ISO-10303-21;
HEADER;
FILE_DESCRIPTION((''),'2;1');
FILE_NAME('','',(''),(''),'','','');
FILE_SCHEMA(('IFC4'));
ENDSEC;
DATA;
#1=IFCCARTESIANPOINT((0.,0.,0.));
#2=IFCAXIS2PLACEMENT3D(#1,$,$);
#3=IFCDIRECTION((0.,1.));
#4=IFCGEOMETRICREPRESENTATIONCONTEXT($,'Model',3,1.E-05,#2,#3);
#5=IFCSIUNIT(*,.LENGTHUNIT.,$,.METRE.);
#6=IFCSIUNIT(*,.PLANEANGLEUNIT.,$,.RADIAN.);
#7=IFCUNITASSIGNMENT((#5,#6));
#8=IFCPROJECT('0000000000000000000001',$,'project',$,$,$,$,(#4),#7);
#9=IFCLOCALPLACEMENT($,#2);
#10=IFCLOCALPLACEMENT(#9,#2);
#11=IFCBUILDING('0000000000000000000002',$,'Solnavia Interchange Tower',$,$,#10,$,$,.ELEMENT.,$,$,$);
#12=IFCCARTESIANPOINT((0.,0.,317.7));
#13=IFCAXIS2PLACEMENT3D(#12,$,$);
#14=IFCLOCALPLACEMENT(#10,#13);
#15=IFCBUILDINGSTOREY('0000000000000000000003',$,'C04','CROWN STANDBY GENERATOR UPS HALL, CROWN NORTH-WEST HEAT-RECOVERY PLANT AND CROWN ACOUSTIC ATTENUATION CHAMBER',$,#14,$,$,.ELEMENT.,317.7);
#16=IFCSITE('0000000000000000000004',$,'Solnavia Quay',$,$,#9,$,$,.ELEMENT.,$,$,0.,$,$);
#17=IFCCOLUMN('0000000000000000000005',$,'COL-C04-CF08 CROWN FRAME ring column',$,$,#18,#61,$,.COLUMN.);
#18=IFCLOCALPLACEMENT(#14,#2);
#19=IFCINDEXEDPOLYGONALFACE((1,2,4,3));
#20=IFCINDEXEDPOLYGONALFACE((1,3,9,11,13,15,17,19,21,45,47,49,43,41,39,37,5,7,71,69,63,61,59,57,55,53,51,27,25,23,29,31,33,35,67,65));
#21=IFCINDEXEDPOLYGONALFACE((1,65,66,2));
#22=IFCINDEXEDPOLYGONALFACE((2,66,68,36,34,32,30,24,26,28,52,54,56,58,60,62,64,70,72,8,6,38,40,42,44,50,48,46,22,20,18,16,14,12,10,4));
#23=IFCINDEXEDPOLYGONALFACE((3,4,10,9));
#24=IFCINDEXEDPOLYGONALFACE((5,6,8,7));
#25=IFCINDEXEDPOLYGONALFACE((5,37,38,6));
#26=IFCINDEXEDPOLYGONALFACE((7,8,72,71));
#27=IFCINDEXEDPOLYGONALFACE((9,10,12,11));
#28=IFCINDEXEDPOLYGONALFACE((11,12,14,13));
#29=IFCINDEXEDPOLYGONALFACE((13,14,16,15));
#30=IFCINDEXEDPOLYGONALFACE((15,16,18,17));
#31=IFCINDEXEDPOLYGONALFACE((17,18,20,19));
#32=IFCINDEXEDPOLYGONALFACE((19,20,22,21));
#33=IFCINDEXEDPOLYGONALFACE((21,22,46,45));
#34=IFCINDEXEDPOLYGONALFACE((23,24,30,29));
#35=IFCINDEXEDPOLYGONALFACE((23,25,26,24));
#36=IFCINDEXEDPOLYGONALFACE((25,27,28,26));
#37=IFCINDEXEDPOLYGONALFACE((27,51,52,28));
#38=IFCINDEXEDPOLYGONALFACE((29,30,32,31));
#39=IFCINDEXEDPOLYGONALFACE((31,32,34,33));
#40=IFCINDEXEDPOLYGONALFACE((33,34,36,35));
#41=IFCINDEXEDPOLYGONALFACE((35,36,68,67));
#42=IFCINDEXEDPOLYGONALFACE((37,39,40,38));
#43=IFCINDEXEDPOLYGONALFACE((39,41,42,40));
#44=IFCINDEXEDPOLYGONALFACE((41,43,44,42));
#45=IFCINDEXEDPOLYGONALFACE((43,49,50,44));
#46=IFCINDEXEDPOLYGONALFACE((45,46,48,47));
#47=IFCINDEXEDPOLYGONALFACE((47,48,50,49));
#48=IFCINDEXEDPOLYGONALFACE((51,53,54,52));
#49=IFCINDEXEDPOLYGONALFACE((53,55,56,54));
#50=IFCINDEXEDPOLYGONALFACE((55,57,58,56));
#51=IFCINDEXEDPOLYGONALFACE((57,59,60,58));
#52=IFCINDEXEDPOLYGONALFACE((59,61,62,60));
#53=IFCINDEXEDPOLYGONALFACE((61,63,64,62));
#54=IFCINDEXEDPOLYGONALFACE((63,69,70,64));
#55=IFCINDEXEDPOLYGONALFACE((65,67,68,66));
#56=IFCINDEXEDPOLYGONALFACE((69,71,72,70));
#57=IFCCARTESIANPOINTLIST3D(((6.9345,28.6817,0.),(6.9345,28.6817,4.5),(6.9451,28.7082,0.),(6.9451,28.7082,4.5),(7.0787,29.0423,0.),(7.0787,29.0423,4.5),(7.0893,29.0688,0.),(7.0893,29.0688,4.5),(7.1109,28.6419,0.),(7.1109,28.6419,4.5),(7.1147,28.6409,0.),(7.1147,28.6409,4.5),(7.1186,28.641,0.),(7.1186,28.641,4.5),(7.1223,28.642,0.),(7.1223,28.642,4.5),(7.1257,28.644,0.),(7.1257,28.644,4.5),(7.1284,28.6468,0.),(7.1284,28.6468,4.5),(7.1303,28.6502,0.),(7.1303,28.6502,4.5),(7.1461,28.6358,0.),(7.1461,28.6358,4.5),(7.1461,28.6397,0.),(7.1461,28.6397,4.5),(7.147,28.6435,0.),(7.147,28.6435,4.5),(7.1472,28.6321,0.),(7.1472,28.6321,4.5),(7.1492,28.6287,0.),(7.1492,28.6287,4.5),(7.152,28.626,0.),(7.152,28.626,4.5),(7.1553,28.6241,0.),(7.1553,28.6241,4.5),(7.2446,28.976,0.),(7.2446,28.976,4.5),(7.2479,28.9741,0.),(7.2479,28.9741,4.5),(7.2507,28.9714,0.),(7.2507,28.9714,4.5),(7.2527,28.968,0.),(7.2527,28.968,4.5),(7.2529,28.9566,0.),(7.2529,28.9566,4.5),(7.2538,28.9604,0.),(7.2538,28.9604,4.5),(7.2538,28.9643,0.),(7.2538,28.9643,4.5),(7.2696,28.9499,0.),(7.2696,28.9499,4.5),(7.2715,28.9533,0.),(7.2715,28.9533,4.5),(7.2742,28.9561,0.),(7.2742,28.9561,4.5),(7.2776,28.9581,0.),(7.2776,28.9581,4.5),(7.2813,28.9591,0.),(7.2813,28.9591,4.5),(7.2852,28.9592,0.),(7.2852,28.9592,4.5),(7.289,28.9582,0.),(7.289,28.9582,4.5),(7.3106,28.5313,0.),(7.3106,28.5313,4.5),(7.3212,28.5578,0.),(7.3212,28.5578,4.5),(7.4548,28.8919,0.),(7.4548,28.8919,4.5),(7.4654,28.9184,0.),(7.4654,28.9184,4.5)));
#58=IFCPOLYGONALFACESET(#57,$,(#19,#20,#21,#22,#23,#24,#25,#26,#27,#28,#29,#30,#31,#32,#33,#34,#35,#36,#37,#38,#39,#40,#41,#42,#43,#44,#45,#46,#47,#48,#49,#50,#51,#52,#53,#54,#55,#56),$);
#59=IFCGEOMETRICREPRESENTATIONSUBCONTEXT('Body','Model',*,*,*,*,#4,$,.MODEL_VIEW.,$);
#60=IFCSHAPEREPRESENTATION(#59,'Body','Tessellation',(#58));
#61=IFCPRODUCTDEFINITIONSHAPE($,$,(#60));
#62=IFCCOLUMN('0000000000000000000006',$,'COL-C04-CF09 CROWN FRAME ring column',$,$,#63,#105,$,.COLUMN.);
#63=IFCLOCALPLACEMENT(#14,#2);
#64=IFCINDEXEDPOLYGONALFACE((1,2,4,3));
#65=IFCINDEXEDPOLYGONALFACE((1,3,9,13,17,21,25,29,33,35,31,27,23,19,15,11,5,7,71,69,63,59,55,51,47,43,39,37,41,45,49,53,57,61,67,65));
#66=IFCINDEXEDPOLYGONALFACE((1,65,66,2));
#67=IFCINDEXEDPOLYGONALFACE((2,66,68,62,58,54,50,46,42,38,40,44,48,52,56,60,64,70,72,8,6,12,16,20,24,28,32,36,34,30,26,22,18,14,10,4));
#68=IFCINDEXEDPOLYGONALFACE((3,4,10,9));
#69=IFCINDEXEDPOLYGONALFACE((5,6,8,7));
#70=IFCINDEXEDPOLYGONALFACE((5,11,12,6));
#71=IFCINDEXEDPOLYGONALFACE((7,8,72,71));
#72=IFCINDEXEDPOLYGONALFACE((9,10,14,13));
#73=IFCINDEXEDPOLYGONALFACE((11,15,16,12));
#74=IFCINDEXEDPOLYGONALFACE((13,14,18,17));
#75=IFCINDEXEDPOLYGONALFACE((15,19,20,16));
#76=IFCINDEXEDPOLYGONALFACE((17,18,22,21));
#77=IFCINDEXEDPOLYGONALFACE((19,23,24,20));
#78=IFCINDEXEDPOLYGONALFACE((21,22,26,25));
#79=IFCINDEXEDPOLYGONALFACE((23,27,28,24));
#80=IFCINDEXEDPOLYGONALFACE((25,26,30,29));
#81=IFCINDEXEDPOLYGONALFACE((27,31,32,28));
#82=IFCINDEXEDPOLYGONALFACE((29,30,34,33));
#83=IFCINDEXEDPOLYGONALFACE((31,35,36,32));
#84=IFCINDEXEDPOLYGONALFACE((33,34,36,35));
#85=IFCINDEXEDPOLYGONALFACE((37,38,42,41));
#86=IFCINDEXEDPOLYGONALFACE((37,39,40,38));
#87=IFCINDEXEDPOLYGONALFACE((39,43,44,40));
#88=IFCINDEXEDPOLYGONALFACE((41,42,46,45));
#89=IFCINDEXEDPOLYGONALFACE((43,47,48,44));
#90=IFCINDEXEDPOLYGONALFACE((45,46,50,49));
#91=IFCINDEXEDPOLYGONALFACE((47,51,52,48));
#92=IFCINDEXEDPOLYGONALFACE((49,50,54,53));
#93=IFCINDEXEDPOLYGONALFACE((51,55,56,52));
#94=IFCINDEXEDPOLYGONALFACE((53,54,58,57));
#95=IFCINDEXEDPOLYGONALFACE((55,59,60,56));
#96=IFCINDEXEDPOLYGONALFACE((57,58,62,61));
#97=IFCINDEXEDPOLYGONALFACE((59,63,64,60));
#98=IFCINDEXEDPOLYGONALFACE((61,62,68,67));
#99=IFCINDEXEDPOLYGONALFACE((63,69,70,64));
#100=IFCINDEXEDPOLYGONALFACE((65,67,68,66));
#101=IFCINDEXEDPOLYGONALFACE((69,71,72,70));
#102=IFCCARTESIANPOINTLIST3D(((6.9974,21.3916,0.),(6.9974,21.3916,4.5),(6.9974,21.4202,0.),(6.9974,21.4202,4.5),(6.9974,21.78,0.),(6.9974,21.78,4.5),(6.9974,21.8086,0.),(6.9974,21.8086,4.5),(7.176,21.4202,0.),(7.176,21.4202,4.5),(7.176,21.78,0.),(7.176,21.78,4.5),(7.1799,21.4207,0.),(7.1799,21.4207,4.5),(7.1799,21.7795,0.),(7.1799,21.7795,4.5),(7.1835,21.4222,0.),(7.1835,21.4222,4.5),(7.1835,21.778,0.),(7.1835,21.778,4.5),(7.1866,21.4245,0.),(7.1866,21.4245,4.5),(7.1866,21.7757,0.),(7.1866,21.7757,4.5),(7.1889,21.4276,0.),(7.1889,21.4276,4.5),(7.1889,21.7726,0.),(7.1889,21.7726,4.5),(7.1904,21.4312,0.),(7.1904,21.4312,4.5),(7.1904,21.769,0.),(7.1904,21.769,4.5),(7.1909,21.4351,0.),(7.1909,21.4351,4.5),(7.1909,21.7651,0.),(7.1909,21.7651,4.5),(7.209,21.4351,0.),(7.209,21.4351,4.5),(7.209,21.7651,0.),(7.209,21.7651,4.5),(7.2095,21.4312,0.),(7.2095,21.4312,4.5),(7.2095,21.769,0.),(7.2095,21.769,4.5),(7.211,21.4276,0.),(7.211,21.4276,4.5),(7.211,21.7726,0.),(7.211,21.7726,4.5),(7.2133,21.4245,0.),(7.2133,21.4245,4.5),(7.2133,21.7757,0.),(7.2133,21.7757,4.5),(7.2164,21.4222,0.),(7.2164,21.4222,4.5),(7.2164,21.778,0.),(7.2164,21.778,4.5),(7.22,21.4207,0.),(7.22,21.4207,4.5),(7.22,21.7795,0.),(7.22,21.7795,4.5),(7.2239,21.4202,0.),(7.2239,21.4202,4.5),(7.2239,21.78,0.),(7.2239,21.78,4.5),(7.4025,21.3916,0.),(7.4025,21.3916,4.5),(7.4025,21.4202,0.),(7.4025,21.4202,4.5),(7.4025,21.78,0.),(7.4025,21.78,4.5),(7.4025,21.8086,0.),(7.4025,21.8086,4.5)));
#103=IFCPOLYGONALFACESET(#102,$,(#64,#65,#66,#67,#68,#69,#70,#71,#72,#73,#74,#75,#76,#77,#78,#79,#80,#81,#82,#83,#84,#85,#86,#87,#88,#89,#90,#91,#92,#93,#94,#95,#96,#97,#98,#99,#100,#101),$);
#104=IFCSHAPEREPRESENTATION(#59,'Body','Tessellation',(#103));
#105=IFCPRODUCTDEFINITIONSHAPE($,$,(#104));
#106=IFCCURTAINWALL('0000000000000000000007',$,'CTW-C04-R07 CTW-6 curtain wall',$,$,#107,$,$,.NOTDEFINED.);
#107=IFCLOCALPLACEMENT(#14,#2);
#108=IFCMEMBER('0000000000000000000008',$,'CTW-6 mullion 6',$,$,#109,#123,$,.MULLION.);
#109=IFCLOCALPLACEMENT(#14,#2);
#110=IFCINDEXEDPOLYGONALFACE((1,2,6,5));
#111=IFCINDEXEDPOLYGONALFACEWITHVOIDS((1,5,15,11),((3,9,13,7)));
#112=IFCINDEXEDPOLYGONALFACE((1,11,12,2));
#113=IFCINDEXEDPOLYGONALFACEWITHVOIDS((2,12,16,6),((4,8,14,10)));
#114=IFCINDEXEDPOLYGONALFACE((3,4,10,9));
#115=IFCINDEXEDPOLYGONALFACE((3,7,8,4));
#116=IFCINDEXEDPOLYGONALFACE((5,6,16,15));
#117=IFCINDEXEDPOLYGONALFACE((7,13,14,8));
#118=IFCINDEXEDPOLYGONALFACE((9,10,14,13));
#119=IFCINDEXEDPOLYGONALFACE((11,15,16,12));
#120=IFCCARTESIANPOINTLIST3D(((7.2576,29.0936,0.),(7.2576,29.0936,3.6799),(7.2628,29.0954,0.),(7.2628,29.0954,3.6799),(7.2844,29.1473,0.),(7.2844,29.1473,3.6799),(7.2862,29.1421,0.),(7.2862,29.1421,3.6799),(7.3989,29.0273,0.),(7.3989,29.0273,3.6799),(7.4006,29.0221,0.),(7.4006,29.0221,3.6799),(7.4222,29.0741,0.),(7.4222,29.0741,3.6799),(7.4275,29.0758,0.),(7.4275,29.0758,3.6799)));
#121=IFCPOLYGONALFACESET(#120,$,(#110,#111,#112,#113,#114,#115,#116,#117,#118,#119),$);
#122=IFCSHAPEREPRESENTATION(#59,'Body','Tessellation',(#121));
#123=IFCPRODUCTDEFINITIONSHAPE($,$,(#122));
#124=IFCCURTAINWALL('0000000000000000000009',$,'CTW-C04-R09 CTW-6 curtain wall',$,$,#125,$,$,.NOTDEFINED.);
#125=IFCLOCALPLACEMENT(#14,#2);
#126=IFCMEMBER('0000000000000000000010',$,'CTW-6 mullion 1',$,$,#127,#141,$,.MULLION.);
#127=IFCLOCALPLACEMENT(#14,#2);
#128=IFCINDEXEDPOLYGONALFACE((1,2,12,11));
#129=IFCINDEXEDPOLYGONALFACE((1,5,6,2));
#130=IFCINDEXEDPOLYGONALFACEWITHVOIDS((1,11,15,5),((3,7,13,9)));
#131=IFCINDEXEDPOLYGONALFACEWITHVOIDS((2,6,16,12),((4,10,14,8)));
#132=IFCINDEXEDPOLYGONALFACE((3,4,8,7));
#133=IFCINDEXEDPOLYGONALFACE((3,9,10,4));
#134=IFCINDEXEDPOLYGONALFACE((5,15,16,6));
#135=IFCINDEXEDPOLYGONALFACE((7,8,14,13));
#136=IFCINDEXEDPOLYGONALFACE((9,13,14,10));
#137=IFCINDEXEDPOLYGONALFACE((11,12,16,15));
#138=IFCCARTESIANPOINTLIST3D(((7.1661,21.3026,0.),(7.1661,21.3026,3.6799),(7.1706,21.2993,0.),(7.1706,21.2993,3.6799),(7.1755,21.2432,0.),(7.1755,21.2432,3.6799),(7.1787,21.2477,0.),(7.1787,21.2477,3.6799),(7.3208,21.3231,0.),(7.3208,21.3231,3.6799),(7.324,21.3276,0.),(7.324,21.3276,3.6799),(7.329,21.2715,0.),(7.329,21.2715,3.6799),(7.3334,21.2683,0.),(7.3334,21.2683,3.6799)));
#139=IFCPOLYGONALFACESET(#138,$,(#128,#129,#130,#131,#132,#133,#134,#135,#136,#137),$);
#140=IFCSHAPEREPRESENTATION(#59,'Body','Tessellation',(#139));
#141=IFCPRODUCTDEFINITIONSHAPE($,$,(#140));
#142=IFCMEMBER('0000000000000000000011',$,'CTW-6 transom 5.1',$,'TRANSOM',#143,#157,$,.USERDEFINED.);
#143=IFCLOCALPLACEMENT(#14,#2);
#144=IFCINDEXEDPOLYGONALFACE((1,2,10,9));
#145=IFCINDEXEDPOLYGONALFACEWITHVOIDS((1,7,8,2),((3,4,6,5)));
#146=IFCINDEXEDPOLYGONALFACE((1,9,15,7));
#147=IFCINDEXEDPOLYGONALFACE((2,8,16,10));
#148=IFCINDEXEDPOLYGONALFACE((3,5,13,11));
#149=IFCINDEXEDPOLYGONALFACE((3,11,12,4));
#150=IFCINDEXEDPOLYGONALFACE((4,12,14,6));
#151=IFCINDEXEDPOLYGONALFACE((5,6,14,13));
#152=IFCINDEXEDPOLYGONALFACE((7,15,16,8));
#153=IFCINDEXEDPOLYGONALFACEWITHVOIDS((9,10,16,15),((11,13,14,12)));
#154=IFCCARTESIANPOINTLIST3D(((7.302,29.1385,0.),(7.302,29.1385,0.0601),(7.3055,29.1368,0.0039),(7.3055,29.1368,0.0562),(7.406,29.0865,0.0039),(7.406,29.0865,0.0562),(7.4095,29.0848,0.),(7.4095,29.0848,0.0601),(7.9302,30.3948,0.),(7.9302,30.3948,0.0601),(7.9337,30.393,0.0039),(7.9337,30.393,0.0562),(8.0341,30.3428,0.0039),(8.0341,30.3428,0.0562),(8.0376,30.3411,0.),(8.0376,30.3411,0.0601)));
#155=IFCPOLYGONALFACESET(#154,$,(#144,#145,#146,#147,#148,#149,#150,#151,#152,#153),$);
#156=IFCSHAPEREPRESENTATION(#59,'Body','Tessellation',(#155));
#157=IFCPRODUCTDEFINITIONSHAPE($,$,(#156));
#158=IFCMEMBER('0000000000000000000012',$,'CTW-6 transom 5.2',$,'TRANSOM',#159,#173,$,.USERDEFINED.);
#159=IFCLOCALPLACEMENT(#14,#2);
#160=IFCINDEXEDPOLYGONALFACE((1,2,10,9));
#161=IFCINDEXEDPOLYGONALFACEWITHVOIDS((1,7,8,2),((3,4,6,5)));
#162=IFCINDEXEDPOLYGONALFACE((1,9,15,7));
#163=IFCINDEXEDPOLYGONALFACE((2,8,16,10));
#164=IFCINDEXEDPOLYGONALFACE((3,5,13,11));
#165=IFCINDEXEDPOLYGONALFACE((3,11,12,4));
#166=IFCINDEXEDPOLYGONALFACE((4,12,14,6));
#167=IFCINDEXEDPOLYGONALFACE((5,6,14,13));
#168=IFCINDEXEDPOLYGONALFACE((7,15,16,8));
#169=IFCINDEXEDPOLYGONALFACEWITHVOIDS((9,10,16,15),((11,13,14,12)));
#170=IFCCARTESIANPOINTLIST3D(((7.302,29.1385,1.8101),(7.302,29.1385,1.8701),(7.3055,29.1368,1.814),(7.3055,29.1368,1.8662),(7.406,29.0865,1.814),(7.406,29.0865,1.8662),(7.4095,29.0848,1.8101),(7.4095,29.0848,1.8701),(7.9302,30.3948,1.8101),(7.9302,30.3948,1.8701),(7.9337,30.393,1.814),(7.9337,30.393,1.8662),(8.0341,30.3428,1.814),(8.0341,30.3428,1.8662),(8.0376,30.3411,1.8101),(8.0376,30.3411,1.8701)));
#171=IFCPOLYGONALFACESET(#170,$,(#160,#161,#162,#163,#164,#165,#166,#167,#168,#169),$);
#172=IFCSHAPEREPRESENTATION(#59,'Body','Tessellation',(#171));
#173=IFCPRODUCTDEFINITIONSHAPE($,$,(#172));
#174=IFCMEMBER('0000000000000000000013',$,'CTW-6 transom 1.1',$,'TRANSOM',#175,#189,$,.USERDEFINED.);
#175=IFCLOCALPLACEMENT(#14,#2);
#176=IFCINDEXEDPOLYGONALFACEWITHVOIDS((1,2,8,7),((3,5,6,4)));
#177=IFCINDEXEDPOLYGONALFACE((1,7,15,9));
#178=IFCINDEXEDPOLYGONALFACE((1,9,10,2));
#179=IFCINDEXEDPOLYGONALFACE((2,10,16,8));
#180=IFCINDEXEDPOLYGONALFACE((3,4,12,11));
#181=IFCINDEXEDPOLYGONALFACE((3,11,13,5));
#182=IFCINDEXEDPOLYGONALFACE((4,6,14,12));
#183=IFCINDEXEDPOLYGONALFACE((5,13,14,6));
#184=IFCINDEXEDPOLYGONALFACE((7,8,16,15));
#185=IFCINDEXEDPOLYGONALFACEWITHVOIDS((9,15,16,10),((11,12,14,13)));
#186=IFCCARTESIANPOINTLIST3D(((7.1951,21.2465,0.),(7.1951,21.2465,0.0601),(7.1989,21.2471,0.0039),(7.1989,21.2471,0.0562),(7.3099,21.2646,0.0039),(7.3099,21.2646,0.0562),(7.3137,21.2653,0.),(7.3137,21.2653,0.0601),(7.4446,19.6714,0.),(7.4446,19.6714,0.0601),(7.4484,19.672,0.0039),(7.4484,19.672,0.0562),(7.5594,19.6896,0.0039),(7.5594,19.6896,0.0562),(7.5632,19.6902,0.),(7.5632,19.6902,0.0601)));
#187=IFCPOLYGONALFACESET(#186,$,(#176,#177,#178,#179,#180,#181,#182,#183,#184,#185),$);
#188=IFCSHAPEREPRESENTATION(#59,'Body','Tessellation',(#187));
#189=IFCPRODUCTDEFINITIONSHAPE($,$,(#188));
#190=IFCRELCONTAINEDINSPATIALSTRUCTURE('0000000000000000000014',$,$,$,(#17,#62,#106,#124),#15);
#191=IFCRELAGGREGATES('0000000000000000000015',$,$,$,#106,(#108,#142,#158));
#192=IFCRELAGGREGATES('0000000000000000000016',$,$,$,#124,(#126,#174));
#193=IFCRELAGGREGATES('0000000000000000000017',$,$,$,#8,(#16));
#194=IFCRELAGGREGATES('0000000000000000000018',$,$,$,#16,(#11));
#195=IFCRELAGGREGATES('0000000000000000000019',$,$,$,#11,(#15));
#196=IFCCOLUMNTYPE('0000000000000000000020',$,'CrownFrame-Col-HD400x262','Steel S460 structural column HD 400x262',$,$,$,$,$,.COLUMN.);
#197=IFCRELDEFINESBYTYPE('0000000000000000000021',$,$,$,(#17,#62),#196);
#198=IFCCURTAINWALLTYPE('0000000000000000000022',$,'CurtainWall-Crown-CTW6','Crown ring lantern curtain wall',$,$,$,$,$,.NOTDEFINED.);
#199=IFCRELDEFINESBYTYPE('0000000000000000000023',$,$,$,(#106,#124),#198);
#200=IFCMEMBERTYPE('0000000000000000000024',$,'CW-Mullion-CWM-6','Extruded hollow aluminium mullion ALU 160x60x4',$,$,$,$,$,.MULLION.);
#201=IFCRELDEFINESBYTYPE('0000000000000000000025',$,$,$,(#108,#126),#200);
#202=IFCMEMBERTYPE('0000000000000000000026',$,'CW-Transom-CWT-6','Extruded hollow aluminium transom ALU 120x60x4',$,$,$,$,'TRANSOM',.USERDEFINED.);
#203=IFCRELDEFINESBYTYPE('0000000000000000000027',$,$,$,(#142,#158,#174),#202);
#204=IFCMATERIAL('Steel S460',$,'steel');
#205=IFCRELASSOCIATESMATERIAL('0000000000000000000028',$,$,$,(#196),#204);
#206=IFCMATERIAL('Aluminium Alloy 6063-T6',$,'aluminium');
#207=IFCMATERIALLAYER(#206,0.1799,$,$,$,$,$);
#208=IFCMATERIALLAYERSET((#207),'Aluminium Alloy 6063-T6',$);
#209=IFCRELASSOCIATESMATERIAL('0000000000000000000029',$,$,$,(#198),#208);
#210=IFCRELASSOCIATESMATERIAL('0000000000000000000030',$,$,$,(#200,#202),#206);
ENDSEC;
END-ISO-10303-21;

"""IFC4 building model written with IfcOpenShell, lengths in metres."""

from ifc_helpers import new_model, si_unit, direction, frame, origin, origin_2d, place, context, subcontext, project, spatial, hollow_rectangle, i_section, extrude, material, layer, layer_set, material_profile, profile_set, type_object, element, aggregate, save


model = new_model("IFC4")

# Units and contexts
model_context = context("Model", 3, precision=1e-05, world=origin(), true_north=direction((0.0, 1.0)))
body_context = subcontext(model_context, "Body", "Model", "MODEL_VIEW")
ifc_project = project(units=[si_unit("LENGTHUNIT", "METRE"), si_unit("PLANEANGLEUNIT", "RADIAN")], contexts=[model_context])

# Site, building, storey
site_placement = place(None, origin())
site = spatial("IfcSite", under=ifc_project, at=site_placement, Name="Solnavia Quay", CompositionType="ELEMENT", RefElevation=0.0)
building_placement = place(site_placement, origin())
building = spatial("IfcBuilding", under=site, at=building_placement, Name="Solnavia Interchange Tower", CompositionType="ELEMENT")
storey_placement = place(building_placement, frame((0.0, 0.0, 317.7)))
storey = spatial("IfcBuildingStorey", under=building, at=storey_placement, Name="C04", Description="CROWN STANDBY GENERATOR UPS HALL, CROWN NORTH-WEST HEAT-RECOVERY PLANT AND CROWN ACOUSTIC ATTENUATION CHAMBER", CompositionType="ELEMENT", Elevation=317.7)

# Columns
ifc_material_1 = material(Name="Steel S460", Category="steel")
ifc_material_profile_1 = material_profile(ifc_material_1, i_section(OverallWidth=0.405, OverallDepth=0.417, WebThickness=0.0181, FlangeThickness=0.0286, FilletRadius=0.0149, at=origin_2d()), Name="HD 400x262")
ifc_profile_set_1 = profile_set([ifc_material_profile_1], Name="Steel S460")
column_type = type_object("IfcColumnType", Name="CrownFrame-Col-HD400x262", Description="Steel S460 structural column HD 400x262", PredefinedType="COLUMN", material=ifc_profile_set_1)
for number, where, z_axis, x_axis, name in (
    (1, (7.2, 28.8, 0.0), (0.0, 0.0, 1.0), (-0.928486, 0.371368, 0.0), "COL-C04-CF08 CROWN FRAME ring column"),
    (2, (7.2, 21.6001, 0.0), (0.0, 0.0, 1.0), (-1.0, 0.0, 0.0), "COL-C04-CF09 CROWN FRAME ring column"),
):
    element("IfcColumn", number, at=place(storey_placement, frame(where, z_axis=z_axis, x_axis=x_axis)), inside=storey, type_object=column_type, Name=name, PredefinedType="COLUMN", context=body_context, shape_type="SweptSolid", body=[
        extrude(i_section(OverallWidth=0.405, OverallDepth=0.417, WebThickness=0.0181, FlangeThickness=0.0286, FilletRadius=0.0149, at=origin_2d()), origin(), (0.0, 0.0, 1.0), 4.5),
    ])

# Curtain walls, members
ifc_material_2 = material(Name="Aluminium Alloy 6063-T6", Category="aluminium")
ifc_layer_1 = layer(ifc_material_2, 0.1799)
ifc_layer_set_1 = layer_set([ifc_layer_1], Name="Aluminium Alloy 6063-T6")
curtain_wall_type = type_object("IfcCurtainWallType", Name="CurtainWall-Crown-CTW6", Description="Crown ring lantern curtain wall", PredefinedType="NOTDEFINED", material=ifc_layer_set_1)
curtain_wall_1_placement = place(storey_placement, origin())
curtain_wall_1 = element("IfcCurtainWall", 3, at=curtain_wall_1_placement, inside=storey, type_object=curtain_wall_type, Name="CTW-C04-R07 CTW-6 curtain wall", PredefinedType="NOTDEFINED")
ifc_material_profile_2 = material_profile(ifc_material_2, hollow_rectangle(XDim=0.0601, YDim=0.1599, WallThickness=0.0039, at=origin_2d()), Name="ALU 160x60x4")
ifc_profile_set_2 = profile_set([ifc_material_profile_2], Name="Aluminium Alloy 6063-T6")
member_type_1 = type_object("IfcMemberType", Name="CW-Mullion-CWM-6", Description="Extruded hollow aluminium mullion ALU 160x60x4", PredefinedType="MULLION", material=ifc_profile_set_2)
member_1_placement = place(storey_placement, frame((7.3425, 29.0847, 0.0), z_axis=(0.0, 0.0, 1.0), x_axis=(-0.447214, -0.894427, 0.0)))
member_1 = element("IfcMember", 4, at=member_1_placement, type_object=member_type_1, Name="CTW-6 mullion 6", PredefinedType="MULLION", context=body_context, shape_type="SweptSolid", body=[
    extrude(hollow_rectangle(XDim=0.0601, YDim=0.1599, WallThickness=0.0039, at=origin_2d()), origin(), (0.0, 0.0, 1.0), 3.6799),
])
curtain_wall_2_placement = place(storey_placement, origin())
curtain_wall_2 = element("IfcCurtainWall", 5, at=curtain_wall_2_placement, inside=storey, type_object=curtain_wall_type, Name="CTW-C04-R09 CTW-6 curtain wall", PredefinedType="NOTDEFINED")
member_2_placement = place(storey_placement, frame((7.2498, 21.2854, 0.0), z_axis=(0.0, 0.0, 1.0), x_axis=(0.156456, -0.987685, 0.0)))
member_2 = element("IfcMember", 6, at=member_2_placement, type_object=member_type_1, Name="CTW-6 mullion 1", PredefinedType="MULLION", context=body_context, shape_type="SweptSolid", body=[
    extrude(hollow_rectangle(XDim=0.0601, YDim=0.1599, WallThickness=0.0039, at=origin_2d()), origin(), (0.0, 0.0, 1.0), 3.6799),
])

# Members
ifc_material_profile_3 = material_profile(ifc_material_2, hollow_rectangle(XDim=0.0601, YDim=0.1201, WallThickness=0.0039, at=origin_2d()), Name="ALU 120x60x4")
ifc_profile_set_3 = profile_set([ifc_material_profile_3], Name="Aluminium Alloy 6063-T6")
member_type_2 = type_object("IfcMemberType", Name="CW-Transom-CWT-6", Description="Extruded hollow aluminium transom ALU 120x60x4", ElementType="TRANSOM", PredefinedType="USERDEFINED", material=ifc_profile_set_3)
member_3_placement = place(storey_placement, frame((7.9839, 30.3679, 0.03), z_axis=(-0.447214, -0.894427, 0.0), x_axis=(0.0, 0.0, 1.0)))
member_3 = element("IfcMember", 7, at=member_3_placement, type_object=member_type_2, Name="CTW-6 transom 5.1", ObjectType="TRANSOM", PredefinedType="USERDEFINED", context=body_context, shape_type="SweptSolid", body=[
    extrude(hollow_rectangle(XDim=0.0601, YDim=0.1201, WallThickness=0.0039, at=origin_2d()), origin(), (0.0, 0.0, 1.0), 1.4045),
])
member_4_placement = place(storey_placement, frame((7.9839, 30.3679, 1.8401), z_axis=(-0.447214, -0.894427, 0.0), x_axis=(0.0, 0.0, 1.0)))
member_4 = element("IfcMember", 8, at=member_4_placement, type_object=member_type_2, Name="CTW-6 transom 5.2", ObjectType="TRANSOM", PredefinedType="USERDEFINED", context=body_context, shape_type="SweptSolid", body=[
    extrude(hollow_rectangle(XDim=0.0601, YDim=0.1201, WallThickness=0.0039, at=origin_2d()), origin(), (0.0, 0.0, 1.0), 1.4045),
])
member_5_placement = place(storey_placement, frame((7.2544, 21.2559, 0.03), z_axis=(0.15645, -0.987686, 0.0), x_axis=(0.0, 0.0, 1.0)))
member_5 = element("IfcMember", 9, at=member_5_placement, type_object=member_type_2, Name="CTW-6 transom 1.1", ObjectType="TRANSOM", PredefinedType="USERDEFINED", context=body_context, shape_type="SweptSolid", body=[
    extrude(hollow_rectangle(XDim=0.0601, YDim=0.1201, WallThickness=0.0039, at=origin_2d()), origin(), (0.0, 0.0, 1.0), 1.5947),
])

aggregate(curtain_wall_1, [member_1, member_3, member_4])
aggregate(curtain_wall_2, [member_2, member_5])

save(model, "model.ifc")
